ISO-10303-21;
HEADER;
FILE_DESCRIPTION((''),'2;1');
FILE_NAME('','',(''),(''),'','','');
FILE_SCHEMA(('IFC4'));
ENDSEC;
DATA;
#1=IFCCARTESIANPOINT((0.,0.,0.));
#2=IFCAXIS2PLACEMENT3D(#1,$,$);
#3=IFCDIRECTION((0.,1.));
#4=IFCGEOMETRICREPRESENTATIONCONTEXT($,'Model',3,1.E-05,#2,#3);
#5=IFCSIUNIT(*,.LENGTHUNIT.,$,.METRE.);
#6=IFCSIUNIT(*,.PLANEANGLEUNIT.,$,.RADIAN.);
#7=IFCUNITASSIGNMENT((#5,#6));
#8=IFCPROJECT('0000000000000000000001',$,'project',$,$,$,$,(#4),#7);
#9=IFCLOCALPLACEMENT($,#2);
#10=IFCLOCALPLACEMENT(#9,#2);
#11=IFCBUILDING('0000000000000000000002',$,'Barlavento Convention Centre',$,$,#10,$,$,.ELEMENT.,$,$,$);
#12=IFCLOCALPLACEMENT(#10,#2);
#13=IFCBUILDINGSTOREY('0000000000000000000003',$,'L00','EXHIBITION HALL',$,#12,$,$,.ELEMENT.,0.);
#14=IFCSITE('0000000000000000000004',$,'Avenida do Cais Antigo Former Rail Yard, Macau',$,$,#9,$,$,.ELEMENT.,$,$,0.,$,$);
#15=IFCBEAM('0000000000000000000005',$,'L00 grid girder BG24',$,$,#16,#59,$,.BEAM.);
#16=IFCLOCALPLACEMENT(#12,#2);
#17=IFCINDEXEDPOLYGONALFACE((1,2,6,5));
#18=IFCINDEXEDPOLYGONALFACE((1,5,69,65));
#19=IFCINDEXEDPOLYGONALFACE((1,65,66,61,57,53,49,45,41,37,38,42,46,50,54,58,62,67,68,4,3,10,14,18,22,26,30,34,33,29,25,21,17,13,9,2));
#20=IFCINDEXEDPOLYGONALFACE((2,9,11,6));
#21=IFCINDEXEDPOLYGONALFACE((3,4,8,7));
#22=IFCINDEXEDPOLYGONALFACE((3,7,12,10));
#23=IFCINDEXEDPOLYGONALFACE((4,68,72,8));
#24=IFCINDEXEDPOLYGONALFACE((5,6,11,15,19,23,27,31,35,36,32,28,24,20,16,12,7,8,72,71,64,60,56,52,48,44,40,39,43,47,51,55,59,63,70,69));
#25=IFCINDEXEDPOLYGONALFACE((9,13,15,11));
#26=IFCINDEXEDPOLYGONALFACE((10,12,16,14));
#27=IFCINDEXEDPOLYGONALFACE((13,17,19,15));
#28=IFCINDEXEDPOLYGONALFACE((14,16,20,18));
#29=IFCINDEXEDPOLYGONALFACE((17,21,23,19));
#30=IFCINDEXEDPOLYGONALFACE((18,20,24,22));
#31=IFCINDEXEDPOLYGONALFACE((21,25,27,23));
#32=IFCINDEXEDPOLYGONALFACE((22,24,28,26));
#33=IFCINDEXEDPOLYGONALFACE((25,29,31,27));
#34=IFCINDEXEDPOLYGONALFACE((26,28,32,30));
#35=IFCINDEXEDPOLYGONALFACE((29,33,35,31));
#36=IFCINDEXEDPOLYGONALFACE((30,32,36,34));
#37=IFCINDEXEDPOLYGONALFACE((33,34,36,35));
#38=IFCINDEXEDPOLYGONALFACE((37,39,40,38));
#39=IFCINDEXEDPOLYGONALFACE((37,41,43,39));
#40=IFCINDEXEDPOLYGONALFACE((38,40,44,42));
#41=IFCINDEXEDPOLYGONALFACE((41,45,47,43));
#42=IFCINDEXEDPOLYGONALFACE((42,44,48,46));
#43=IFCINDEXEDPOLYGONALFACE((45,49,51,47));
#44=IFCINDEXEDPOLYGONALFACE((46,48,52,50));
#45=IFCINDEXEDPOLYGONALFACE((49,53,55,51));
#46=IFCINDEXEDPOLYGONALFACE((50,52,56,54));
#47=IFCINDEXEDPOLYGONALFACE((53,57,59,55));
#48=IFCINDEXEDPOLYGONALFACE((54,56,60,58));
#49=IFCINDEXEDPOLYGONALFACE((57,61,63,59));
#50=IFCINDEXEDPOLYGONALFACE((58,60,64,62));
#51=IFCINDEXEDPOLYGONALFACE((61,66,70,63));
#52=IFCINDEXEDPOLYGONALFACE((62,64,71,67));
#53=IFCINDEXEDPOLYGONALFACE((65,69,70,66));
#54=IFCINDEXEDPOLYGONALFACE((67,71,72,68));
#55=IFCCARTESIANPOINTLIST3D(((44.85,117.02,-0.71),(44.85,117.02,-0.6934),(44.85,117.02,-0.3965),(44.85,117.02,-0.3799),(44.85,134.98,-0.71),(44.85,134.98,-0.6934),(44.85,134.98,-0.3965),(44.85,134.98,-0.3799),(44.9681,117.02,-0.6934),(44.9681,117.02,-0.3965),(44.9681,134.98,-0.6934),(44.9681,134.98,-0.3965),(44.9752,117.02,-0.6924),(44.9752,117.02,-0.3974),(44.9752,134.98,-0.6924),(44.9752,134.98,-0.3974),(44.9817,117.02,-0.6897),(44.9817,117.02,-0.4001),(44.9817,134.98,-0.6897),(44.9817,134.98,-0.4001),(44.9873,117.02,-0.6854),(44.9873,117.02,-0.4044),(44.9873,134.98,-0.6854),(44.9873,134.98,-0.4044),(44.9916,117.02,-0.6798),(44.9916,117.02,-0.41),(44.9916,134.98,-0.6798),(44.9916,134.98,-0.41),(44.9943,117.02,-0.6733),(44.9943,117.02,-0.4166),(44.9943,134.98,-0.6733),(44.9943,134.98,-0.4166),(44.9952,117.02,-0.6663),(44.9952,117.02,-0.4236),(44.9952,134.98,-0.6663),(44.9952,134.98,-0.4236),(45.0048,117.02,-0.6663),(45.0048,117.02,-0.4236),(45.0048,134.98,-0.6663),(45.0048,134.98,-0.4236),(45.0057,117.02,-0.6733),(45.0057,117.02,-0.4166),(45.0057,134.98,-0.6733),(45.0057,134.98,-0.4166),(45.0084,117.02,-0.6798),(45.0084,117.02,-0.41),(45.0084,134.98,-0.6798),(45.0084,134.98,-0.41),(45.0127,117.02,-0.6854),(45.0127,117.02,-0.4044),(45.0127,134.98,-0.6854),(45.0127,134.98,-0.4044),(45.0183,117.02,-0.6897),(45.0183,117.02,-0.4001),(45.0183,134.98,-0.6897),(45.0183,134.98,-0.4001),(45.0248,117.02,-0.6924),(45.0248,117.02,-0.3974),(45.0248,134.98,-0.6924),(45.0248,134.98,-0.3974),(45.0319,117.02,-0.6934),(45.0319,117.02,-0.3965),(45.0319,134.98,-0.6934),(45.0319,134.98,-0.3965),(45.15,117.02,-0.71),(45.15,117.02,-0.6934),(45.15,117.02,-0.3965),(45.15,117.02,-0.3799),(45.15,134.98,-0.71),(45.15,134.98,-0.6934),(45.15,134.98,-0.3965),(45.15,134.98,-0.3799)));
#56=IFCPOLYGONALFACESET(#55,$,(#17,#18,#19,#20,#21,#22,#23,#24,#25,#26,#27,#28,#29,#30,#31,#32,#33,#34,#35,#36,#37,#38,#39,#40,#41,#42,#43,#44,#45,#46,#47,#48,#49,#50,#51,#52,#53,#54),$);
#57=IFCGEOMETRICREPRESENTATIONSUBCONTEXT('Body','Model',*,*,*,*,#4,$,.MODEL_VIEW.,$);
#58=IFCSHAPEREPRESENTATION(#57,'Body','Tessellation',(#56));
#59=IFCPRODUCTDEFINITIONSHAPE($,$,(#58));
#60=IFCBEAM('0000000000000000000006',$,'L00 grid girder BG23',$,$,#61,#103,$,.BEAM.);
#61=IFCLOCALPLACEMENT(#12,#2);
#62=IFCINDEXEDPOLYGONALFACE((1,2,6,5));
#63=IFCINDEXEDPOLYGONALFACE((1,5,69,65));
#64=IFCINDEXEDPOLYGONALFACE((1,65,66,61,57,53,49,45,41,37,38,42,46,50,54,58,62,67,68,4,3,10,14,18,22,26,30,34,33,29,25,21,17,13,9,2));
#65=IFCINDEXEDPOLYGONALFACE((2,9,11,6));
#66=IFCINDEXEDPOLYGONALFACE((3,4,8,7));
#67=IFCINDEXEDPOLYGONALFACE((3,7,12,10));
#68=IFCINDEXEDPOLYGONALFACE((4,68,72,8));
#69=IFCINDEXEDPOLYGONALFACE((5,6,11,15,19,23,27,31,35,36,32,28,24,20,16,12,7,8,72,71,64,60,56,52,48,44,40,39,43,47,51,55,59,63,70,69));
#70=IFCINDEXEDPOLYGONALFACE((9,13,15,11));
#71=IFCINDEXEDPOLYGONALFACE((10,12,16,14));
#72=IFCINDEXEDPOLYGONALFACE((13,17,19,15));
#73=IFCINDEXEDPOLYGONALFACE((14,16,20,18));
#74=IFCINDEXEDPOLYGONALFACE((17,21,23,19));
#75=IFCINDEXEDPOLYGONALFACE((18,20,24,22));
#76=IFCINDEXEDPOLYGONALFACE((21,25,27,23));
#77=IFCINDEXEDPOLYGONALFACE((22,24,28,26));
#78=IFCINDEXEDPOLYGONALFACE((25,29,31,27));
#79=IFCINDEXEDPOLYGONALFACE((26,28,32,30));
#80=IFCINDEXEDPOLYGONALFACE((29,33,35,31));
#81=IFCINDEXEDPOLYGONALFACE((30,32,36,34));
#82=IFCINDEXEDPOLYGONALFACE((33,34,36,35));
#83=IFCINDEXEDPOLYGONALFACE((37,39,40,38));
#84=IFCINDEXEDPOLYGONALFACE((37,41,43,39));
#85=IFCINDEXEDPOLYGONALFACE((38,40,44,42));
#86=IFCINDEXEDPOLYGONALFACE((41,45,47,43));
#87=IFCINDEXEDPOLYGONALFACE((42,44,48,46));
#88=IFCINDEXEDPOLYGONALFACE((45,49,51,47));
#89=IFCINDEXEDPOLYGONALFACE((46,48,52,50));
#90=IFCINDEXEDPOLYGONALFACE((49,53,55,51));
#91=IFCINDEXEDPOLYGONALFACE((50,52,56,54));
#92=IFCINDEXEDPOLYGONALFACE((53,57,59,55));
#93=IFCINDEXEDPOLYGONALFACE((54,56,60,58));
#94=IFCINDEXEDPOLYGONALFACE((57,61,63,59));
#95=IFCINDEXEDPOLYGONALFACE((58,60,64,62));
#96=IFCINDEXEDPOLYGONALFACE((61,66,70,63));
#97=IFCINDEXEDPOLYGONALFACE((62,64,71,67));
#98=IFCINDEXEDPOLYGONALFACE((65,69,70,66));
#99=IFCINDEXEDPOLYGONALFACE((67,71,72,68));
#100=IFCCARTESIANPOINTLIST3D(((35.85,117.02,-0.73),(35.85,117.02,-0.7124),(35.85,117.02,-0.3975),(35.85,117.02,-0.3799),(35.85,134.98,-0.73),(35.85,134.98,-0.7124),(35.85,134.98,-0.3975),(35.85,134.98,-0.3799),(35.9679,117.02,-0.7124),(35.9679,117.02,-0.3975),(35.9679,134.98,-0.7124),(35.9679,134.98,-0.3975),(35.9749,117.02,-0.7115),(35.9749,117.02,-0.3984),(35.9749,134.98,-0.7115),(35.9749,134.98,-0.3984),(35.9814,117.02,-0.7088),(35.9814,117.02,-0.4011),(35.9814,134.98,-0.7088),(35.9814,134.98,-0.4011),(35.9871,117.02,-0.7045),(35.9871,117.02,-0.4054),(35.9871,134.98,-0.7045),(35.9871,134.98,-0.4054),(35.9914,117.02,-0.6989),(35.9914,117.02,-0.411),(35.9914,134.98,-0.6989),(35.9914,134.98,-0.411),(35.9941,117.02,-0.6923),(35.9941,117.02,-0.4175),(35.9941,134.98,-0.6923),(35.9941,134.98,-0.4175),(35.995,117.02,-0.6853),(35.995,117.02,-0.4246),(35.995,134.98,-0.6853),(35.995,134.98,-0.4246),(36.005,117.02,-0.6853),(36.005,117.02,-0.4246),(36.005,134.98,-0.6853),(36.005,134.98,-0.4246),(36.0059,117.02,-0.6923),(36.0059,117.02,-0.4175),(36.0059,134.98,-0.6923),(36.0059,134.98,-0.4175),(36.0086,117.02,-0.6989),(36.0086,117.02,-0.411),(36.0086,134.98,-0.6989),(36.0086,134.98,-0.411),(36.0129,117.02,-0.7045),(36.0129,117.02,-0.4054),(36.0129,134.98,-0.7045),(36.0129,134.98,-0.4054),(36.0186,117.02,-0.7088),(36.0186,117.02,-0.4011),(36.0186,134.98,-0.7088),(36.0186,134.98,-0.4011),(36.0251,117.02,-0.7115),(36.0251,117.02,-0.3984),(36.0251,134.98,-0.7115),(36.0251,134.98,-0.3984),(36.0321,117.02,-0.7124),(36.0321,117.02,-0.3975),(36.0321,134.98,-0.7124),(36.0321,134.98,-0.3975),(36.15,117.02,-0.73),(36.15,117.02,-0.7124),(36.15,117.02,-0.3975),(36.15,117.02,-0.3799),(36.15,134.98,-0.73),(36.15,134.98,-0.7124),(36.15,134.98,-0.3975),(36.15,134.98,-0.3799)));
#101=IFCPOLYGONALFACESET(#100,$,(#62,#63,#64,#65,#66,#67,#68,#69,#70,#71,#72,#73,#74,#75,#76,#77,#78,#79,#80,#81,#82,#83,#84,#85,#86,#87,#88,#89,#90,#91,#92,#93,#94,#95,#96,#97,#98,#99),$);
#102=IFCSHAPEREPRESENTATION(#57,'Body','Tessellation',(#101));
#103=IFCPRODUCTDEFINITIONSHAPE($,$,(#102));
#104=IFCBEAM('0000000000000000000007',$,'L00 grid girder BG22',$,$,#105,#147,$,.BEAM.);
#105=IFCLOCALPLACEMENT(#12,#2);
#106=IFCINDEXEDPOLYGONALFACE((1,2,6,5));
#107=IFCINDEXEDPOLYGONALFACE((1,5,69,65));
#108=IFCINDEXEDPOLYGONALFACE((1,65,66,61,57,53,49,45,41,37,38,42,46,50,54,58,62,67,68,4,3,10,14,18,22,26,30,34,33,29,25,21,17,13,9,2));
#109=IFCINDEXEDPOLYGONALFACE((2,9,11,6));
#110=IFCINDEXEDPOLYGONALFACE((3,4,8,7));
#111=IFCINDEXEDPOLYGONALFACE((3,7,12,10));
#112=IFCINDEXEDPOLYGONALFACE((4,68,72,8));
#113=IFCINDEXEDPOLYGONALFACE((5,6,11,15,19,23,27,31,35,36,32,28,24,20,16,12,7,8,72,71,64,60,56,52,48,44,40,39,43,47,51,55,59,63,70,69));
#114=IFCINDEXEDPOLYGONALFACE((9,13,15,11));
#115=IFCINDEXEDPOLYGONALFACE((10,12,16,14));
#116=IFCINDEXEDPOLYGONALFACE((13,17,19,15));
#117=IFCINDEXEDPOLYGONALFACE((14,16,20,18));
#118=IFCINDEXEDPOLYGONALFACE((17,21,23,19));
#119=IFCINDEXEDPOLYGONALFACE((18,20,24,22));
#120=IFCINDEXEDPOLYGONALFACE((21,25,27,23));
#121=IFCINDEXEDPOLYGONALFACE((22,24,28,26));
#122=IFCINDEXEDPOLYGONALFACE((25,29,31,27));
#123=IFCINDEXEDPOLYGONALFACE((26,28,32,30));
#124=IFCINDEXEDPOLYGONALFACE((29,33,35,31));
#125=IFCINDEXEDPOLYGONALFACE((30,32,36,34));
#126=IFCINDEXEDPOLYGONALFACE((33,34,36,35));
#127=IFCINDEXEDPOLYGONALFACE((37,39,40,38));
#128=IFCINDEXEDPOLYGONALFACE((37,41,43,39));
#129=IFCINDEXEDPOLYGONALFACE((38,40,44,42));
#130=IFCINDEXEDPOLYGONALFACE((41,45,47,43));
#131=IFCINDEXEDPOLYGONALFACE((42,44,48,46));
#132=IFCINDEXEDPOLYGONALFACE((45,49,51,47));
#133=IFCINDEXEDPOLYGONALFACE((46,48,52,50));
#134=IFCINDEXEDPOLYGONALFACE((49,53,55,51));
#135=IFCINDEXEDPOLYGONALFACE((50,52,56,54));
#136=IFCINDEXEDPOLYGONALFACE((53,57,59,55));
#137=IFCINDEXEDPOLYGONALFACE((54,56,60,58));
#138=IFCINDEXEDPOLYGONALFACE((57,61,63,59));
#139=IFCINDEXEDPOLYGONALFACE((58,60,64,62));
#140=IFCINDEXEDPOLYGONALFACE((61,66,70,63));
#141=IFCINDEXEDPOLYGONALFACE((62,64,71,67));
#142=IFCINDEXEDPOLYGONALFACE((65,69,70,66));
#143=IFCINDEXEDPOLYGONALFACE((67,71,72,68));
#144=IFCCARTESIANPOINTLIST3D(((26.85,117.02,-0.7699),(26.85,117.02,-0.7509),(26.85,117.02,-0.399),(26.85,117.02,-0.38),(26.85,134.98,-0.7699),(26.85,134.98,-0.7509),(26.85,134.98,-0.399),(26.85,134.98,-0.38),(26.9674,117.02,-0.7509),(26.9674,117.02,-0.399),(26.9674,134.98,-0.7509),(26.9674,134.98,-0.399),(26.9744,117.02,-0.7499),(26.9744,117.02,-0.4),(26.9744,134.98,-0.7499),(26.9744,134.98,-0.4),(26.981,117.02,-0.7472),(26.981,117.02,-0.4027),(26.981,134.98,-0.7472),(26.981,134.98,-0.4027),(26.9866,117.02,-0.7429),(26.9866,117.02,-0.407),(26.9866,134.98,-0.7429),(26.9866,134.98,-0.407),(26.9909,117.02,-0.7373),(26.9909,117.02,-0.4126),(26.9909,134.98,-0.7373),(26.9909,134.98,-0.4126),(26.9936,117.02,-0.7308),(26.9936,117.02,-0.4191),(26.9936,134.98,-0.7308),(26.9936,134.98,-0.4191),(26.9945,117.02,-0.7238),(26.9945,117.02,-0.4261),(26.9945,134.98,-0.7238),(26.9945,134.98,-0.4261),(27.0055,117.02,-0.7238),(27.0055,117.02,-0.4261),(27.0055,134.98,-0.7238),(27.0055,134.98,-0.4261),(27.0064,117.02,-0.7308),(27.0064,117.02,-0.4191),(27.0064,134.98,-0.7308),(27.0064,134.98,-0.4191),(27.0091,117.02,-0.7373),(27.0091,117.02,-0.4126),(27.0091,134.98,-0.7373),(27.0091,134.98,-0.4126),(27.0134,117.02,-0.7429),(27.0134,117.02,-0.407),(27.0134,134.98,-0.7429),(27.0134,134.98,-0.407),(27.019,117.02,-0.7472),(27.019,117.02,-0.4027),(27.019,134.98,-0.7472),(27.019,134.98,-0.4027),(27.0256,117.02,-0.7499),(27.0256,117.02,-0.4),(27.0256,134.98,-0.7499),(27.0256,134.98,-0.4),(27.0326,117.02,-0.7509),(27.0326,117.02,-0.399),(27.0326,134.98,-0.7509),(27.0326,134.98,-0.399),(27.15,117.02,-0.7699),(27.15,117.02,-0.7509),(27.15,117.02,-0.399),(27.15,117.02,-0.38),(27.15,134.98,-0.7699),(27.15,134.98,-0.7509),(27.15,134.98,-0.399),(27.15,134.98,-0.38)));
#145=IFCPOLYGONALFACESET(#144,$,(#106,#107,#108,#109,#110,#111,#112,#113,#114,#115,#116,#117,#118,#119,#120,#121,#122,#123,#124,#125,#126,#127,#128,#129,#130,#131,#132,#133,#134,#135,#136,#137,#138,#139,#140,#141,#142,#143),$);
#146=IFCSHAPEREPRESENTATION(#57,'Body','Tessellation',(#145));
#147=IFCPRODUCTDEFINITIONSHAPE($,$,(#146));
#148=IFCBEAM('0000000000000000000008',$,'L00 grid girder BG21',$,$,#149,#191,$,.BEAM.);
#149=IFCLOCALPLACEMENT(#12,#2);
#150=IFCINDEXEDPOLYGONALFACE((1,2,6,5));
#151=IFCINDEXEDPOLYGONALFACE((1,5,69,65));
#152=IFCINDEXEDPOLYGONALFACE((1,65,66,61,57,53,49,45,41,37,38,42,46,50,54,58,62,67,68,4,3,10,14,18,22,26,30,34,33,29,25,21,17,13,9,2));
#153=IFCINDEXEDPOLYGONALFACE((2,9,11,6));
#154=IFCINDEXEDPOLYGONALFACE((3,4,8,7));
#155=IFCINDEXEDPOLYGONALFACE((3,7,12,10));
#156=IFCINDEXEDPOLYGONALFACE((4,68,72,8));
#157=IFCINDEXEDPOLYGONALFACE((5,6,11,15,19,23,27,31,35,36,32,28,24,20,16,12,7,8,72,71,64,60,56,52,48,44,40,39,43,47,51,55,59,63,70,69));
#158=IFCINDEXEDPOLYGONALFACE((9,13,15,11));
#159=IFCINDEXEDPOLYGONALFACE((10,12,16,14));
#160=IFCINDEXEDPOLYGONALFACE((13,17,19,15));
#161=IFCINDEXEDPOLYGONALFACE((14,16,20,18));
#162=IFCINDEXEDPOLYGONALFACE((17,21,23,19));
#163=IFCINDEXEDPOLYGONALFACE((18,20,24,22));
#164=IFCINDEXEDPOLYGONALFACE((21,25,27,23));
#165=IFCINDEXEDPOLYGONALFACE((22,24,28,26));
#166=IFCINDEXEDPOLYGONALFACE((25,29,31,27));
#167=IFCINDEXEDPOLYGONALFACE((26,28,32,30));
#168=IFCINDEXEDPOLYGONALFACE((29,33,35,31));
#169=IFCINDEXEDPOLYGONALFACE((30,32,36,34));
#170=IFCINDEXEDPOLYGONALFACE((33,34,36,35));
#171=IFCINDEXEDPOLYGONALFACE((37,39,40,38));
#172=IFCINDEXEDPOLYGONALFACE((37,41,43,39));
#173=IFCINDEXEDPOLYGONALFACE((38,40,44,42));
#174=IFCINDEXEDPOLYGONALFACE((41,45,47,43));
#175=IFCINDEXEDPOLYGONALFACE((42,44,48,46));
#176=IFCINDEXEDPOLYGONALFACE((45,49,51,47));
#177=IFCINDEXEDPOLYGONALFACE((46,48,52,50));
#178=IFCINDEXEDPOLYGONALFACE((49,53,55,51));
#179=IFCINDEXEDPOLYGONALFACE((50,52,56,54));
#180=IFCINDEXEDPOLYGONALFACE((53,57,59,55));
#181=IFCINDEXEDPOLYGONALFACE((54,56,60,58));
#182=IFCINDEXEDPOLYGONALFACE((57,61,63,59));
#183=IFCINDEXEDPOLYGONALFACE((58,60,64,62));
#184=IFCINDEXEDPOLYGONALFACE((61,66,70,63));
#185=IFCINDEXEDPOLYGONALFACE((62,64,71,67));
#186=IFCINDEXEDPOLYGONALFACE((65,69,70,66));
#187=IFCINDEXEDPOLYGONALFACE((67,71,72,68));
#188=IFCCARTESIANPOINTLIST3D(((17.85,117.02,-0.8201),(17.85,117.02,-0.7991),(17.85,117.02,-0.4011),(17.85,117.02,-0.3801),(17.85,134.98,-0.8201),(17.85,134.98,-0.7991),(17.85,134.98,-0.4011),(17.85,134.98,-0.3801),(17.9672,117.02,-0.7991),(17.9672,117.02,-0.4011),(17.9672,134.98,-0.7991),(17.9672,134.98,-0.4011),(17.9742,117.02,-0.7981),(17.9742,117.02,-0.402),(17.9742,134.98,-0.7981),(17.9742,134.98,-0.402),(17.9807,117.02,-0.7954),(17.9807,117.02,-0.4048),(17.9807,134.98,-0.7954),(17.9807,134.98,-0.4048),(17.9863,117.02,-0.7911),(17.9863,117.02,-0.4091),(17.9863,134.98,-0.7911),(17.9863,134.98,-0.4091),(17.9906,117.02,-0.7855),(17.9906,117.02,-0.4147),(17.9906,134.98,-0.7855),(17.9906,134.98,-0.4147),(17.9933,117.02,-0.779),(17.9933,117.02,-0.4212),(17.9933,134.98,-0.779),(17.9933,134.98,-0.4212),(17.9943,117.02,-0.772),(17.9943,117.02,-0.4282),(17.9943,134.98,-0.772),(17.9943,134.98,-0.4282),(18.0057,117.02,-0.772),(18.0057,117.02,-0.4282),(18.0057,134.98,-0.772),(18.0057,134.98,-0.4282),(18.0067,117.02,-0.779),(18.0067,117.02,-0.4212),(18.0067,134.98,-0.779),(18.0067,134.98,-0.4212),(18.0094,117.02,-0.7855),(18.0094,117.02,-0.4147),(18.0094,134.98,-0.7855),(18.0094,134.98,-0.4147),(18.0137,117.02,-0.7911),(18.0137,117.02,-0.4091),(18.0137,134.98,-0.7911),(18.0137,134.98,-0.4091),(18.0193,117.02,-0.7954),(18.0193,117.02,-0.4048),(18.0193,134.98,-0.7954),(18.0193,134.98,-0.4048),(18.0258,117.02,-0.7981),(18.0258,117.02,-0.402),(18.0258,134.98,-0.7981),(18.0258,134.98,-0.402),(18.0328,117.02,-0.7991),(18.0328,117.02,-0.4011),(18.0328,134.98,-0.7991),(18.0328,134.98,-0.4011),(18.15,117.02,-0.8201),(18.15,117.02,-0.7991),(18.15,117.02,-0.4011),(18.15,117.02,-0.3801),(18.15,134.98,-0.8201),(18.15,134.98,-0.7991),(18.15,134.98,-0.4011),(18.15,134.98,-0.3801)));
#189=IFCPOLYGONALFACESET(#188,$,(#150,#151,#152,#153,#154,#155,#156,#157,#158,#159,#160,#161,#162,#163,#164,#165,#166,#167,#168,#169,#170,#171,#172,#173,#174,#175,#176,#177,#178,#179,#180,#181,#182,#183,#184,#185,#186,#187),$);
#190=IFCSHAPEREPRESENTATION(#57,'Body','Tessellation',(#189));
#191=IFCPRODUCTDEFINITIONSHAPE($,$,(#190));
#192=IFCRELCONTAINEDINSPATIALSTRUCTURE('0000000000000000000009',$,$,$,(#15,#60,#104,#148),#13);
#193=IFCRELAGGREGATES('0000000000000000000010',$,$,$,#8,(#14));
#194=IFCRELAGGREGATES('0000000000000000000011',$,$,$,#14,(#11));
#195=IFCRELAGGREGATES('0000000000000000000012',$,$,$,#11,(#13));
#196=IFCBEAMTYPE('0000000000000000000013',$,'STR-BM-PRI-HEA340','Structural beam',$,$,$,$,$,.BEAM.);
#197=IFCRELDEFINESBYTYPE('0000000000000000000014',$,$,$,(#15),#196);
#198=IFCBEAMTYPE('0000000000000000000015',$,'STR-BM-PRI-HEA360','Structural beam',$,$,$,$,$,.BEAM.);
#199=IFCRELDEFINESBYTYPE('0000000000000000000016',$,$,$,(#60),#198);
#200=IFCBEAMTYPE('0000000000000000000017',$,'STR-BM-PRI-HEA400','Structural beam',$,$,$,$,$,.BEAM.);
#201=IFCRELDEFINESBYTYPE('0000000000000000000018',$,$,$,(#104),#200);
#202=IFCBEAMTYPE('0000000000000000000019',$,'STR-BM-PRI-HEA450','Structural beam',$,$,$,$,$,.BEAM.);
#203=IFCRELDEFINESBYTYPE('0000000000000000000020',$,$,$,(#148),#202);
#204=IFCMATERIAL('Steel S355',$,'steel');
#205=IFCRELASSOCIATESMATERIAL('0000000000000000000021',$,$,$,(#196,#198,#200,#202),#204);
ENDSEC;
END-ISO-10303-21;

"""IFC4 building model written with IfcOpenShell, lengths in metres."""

from ifc_helpers import new_model, si_unit, direction, frame, origin, origin_2d, place, context, subcontext, project, spatial, i_section, extrude, material, material_profile, profile_set, type_object, element, save


model = new_model("IFC4")

# Units and contexts
model_context = context("Model", 3, precision=1e-05, world=origin(), true_north=direction((0.0, 1.0)))
body_context = subcontext(model_context, "Body", "Model", "MODEL_VIEW")
ifc_project = project(units=[si_unit("LENGTHUNIT", "METRE"), si_unit("PLANEANGLEUNIT", "RADIAN")], contexts=[model_context])

# Site, building, storey
site_placement = place(None, origin())
site = spatial("IfcSite", under=ifc_project, at=site_placement, Name="Avenida do Cais Antigo Former Rail Yard, Macau", CompositionType="ELEMENT", RefElevation=0.0)
building_placement = place(site_placement, origin())
building = spatial("IfcBuilding", under=site, at=building_placement, Name="Barlavento Convention Centre", CompositionType="ELEMENT")
storey_placement = place(building_placement, origin())
storey = spatial("IfcBuildingStorey", under=building, at=storey_placement, Name="L00", Description="EXHIBITION HALL", CompositionType="ELEMENT", Elevation=0.0)

# Beams
ifc_material_1 = material(Name="Steel S355", Category="steel")
ifc_material_profile_1 = material_profile(ifc_material_1, i_section(OverallWidth=0.3, OverallDepth=0.3301, WebThickness=0.0095, FlangeThickness=0.0166, FilletRadius=0.0271, at=origin_2d()), Name="HEA 340")
ifc_profile_set_1 = profile_set([ifc_material_profile_1], Name="Steel S355")
beam_type_1 = type_object("IfcBeamType", Name="STR-BM-PRI-HEA340", Description="Structural beam", PredefinedType="BEAM", material=ifc_profile_set_1)
beam_1_placement = place(storey_placement, frame((45.0, 117.02, -0.5449), z_axis=(0.0, 1.0, 0.0), x_axis=(-1.0, 0.0, 0.0)))
element("IfcBeam", 1, at=beam_1_placement, inside=storey, type_object=beam_type_1, Name="L00 grid girder BG24", PredefinedType="BEAM", context=body_context, shape_type="SweptSolid", body=[
    extrude(i_section(OverallWidth=0.3, OverallDepth=0.3301, WebThickness=0.0095, FlangeThickness=0.0166, FilletRadius=0.0271, at=origin_2d()), origin(), (0.0, 0.0, 1.0), 17.96),
])
ifc_material_profile_2 = material_profile(ifc_material_1, i_section(OverallWidth=0.3, OverallDepth=0.3501, WebThickness=0.01, FlangeThickness=0.0176, FilletRadius=0.0271, at=origin_2d()), Name="HEA 360")
ifc_profile_set_2 = profile_set([ifc_material_profile_2], Name="Steel S355")
beam_type_2 = type_object("IfcBeamType", Name="STR-BM-PRI-HEA360", Description="Structural beam", PredefinedType="BEAM", material=ifc_profile_set_2)
beam_2_placement = place(storey_placement, frame((36.0, 117.02, -0.5549), z_axis=(0.0, 1.0, 0.0), x_axis=(-1.0, 0.0, 0.0)))
element("IfcBeam", 2, at=beam_2_placement, inside=storey, type_object=beam_type_2, Name="L00 grid girder BG23", PredefinedType="BEAM", context=body_context, shape_type="SweptSolid", body=[
    extrude(i_section(OverallWidth=0.3, OverallDepth=0.3501, WebThickness=0.01, FlangeThickness=0.0176, FilletRadius=0.0271, at=origin_2d()), origin(), (0.0, 0.0, 1.0), 17.96),
])
ifc_material_profile_3 = material_profile(ifc_material_1, i_section(OverallWidth=0.3, OverallDepth=0.3899, WebThickness=0.011, FlangeThickness=0.019, FilletRadius=0.0271, at=origin_2d()), Name="HEA 400")
ifc_profile_set_3 = profile_set([ifc_material_profile_3], Name="Steel S355")
beam_type_3 = type_object("IfcBeamType", Name="STR-BM-PRI-HEA400", Description="Structural beam", PredefinedType="BEAM", material=ifc_profile_set_3)
beam_3_placement = place(storey_placement, frame((27.0, 117.02, -0.575), z_axis=(0.0, 1.0, 0.0), x_axis=(-1.0, 0.0, 0.0)))
element("IfcBeam", 3, at=beam_3_placement, inside=storey, type_object=beam_type_3, Name="L00 grid girder BG22", PredefinedType="BEAM", context=body_context, shape_type="SweptSolid", body=[
    extrude(i_section(OverallWidth=0.3, OverallDepth=0.3899, WebThickness=0.011, FlangeThickness=0.019, FilletRadius=0.0271, at=origin_2d()), origin(), (0.0, 0.0, 1.0), 17.96),
])
ifc_material_profile_4 = material_profile(ifc_material_1, i_section(OverallWidth=0.3, OverallDepth=0.4399, WebThickness=0.0115, FlangeThickness=0.021, FilletRadius=0.0271, at=origin_2d()), Name="HEA 450")
ifc_profile_set_4 = profile_set([ifc_material_profile_4], Name="Steel S355")
beam_type_4 = type_object("IfcBeamType", Name="STR-BM-PRI-HEA450", Description="Structural beam", PredefinedType="BEAM", material=ifc_profile_set_4)
beam_4_placement = place(storey_placement, frame((18.0, 117.02, -0.6001), z_axis=(0.0, 1.0, 0.0), x_axis=(-1.0, 0.0, 0.0)))
element("IfcBeam", 4, at=beam_4_placement, inside=storey, type_object=beam_type_4, Name="L00 grid girder BG21", PredefinedType="BEAM", context=body_context, shape_type="SweptSolid", body=[
    extrude(i_section(OverallWidth=0.3, OverallDepth=0.4399, WebThickness=0.0115, FlangeThickness=0.021, FilletRadius=0.0271, at=origin_2d()), origin(), (0.0, 0.0, 1.0), 17.96),
])

save(model, "model.ifc")
